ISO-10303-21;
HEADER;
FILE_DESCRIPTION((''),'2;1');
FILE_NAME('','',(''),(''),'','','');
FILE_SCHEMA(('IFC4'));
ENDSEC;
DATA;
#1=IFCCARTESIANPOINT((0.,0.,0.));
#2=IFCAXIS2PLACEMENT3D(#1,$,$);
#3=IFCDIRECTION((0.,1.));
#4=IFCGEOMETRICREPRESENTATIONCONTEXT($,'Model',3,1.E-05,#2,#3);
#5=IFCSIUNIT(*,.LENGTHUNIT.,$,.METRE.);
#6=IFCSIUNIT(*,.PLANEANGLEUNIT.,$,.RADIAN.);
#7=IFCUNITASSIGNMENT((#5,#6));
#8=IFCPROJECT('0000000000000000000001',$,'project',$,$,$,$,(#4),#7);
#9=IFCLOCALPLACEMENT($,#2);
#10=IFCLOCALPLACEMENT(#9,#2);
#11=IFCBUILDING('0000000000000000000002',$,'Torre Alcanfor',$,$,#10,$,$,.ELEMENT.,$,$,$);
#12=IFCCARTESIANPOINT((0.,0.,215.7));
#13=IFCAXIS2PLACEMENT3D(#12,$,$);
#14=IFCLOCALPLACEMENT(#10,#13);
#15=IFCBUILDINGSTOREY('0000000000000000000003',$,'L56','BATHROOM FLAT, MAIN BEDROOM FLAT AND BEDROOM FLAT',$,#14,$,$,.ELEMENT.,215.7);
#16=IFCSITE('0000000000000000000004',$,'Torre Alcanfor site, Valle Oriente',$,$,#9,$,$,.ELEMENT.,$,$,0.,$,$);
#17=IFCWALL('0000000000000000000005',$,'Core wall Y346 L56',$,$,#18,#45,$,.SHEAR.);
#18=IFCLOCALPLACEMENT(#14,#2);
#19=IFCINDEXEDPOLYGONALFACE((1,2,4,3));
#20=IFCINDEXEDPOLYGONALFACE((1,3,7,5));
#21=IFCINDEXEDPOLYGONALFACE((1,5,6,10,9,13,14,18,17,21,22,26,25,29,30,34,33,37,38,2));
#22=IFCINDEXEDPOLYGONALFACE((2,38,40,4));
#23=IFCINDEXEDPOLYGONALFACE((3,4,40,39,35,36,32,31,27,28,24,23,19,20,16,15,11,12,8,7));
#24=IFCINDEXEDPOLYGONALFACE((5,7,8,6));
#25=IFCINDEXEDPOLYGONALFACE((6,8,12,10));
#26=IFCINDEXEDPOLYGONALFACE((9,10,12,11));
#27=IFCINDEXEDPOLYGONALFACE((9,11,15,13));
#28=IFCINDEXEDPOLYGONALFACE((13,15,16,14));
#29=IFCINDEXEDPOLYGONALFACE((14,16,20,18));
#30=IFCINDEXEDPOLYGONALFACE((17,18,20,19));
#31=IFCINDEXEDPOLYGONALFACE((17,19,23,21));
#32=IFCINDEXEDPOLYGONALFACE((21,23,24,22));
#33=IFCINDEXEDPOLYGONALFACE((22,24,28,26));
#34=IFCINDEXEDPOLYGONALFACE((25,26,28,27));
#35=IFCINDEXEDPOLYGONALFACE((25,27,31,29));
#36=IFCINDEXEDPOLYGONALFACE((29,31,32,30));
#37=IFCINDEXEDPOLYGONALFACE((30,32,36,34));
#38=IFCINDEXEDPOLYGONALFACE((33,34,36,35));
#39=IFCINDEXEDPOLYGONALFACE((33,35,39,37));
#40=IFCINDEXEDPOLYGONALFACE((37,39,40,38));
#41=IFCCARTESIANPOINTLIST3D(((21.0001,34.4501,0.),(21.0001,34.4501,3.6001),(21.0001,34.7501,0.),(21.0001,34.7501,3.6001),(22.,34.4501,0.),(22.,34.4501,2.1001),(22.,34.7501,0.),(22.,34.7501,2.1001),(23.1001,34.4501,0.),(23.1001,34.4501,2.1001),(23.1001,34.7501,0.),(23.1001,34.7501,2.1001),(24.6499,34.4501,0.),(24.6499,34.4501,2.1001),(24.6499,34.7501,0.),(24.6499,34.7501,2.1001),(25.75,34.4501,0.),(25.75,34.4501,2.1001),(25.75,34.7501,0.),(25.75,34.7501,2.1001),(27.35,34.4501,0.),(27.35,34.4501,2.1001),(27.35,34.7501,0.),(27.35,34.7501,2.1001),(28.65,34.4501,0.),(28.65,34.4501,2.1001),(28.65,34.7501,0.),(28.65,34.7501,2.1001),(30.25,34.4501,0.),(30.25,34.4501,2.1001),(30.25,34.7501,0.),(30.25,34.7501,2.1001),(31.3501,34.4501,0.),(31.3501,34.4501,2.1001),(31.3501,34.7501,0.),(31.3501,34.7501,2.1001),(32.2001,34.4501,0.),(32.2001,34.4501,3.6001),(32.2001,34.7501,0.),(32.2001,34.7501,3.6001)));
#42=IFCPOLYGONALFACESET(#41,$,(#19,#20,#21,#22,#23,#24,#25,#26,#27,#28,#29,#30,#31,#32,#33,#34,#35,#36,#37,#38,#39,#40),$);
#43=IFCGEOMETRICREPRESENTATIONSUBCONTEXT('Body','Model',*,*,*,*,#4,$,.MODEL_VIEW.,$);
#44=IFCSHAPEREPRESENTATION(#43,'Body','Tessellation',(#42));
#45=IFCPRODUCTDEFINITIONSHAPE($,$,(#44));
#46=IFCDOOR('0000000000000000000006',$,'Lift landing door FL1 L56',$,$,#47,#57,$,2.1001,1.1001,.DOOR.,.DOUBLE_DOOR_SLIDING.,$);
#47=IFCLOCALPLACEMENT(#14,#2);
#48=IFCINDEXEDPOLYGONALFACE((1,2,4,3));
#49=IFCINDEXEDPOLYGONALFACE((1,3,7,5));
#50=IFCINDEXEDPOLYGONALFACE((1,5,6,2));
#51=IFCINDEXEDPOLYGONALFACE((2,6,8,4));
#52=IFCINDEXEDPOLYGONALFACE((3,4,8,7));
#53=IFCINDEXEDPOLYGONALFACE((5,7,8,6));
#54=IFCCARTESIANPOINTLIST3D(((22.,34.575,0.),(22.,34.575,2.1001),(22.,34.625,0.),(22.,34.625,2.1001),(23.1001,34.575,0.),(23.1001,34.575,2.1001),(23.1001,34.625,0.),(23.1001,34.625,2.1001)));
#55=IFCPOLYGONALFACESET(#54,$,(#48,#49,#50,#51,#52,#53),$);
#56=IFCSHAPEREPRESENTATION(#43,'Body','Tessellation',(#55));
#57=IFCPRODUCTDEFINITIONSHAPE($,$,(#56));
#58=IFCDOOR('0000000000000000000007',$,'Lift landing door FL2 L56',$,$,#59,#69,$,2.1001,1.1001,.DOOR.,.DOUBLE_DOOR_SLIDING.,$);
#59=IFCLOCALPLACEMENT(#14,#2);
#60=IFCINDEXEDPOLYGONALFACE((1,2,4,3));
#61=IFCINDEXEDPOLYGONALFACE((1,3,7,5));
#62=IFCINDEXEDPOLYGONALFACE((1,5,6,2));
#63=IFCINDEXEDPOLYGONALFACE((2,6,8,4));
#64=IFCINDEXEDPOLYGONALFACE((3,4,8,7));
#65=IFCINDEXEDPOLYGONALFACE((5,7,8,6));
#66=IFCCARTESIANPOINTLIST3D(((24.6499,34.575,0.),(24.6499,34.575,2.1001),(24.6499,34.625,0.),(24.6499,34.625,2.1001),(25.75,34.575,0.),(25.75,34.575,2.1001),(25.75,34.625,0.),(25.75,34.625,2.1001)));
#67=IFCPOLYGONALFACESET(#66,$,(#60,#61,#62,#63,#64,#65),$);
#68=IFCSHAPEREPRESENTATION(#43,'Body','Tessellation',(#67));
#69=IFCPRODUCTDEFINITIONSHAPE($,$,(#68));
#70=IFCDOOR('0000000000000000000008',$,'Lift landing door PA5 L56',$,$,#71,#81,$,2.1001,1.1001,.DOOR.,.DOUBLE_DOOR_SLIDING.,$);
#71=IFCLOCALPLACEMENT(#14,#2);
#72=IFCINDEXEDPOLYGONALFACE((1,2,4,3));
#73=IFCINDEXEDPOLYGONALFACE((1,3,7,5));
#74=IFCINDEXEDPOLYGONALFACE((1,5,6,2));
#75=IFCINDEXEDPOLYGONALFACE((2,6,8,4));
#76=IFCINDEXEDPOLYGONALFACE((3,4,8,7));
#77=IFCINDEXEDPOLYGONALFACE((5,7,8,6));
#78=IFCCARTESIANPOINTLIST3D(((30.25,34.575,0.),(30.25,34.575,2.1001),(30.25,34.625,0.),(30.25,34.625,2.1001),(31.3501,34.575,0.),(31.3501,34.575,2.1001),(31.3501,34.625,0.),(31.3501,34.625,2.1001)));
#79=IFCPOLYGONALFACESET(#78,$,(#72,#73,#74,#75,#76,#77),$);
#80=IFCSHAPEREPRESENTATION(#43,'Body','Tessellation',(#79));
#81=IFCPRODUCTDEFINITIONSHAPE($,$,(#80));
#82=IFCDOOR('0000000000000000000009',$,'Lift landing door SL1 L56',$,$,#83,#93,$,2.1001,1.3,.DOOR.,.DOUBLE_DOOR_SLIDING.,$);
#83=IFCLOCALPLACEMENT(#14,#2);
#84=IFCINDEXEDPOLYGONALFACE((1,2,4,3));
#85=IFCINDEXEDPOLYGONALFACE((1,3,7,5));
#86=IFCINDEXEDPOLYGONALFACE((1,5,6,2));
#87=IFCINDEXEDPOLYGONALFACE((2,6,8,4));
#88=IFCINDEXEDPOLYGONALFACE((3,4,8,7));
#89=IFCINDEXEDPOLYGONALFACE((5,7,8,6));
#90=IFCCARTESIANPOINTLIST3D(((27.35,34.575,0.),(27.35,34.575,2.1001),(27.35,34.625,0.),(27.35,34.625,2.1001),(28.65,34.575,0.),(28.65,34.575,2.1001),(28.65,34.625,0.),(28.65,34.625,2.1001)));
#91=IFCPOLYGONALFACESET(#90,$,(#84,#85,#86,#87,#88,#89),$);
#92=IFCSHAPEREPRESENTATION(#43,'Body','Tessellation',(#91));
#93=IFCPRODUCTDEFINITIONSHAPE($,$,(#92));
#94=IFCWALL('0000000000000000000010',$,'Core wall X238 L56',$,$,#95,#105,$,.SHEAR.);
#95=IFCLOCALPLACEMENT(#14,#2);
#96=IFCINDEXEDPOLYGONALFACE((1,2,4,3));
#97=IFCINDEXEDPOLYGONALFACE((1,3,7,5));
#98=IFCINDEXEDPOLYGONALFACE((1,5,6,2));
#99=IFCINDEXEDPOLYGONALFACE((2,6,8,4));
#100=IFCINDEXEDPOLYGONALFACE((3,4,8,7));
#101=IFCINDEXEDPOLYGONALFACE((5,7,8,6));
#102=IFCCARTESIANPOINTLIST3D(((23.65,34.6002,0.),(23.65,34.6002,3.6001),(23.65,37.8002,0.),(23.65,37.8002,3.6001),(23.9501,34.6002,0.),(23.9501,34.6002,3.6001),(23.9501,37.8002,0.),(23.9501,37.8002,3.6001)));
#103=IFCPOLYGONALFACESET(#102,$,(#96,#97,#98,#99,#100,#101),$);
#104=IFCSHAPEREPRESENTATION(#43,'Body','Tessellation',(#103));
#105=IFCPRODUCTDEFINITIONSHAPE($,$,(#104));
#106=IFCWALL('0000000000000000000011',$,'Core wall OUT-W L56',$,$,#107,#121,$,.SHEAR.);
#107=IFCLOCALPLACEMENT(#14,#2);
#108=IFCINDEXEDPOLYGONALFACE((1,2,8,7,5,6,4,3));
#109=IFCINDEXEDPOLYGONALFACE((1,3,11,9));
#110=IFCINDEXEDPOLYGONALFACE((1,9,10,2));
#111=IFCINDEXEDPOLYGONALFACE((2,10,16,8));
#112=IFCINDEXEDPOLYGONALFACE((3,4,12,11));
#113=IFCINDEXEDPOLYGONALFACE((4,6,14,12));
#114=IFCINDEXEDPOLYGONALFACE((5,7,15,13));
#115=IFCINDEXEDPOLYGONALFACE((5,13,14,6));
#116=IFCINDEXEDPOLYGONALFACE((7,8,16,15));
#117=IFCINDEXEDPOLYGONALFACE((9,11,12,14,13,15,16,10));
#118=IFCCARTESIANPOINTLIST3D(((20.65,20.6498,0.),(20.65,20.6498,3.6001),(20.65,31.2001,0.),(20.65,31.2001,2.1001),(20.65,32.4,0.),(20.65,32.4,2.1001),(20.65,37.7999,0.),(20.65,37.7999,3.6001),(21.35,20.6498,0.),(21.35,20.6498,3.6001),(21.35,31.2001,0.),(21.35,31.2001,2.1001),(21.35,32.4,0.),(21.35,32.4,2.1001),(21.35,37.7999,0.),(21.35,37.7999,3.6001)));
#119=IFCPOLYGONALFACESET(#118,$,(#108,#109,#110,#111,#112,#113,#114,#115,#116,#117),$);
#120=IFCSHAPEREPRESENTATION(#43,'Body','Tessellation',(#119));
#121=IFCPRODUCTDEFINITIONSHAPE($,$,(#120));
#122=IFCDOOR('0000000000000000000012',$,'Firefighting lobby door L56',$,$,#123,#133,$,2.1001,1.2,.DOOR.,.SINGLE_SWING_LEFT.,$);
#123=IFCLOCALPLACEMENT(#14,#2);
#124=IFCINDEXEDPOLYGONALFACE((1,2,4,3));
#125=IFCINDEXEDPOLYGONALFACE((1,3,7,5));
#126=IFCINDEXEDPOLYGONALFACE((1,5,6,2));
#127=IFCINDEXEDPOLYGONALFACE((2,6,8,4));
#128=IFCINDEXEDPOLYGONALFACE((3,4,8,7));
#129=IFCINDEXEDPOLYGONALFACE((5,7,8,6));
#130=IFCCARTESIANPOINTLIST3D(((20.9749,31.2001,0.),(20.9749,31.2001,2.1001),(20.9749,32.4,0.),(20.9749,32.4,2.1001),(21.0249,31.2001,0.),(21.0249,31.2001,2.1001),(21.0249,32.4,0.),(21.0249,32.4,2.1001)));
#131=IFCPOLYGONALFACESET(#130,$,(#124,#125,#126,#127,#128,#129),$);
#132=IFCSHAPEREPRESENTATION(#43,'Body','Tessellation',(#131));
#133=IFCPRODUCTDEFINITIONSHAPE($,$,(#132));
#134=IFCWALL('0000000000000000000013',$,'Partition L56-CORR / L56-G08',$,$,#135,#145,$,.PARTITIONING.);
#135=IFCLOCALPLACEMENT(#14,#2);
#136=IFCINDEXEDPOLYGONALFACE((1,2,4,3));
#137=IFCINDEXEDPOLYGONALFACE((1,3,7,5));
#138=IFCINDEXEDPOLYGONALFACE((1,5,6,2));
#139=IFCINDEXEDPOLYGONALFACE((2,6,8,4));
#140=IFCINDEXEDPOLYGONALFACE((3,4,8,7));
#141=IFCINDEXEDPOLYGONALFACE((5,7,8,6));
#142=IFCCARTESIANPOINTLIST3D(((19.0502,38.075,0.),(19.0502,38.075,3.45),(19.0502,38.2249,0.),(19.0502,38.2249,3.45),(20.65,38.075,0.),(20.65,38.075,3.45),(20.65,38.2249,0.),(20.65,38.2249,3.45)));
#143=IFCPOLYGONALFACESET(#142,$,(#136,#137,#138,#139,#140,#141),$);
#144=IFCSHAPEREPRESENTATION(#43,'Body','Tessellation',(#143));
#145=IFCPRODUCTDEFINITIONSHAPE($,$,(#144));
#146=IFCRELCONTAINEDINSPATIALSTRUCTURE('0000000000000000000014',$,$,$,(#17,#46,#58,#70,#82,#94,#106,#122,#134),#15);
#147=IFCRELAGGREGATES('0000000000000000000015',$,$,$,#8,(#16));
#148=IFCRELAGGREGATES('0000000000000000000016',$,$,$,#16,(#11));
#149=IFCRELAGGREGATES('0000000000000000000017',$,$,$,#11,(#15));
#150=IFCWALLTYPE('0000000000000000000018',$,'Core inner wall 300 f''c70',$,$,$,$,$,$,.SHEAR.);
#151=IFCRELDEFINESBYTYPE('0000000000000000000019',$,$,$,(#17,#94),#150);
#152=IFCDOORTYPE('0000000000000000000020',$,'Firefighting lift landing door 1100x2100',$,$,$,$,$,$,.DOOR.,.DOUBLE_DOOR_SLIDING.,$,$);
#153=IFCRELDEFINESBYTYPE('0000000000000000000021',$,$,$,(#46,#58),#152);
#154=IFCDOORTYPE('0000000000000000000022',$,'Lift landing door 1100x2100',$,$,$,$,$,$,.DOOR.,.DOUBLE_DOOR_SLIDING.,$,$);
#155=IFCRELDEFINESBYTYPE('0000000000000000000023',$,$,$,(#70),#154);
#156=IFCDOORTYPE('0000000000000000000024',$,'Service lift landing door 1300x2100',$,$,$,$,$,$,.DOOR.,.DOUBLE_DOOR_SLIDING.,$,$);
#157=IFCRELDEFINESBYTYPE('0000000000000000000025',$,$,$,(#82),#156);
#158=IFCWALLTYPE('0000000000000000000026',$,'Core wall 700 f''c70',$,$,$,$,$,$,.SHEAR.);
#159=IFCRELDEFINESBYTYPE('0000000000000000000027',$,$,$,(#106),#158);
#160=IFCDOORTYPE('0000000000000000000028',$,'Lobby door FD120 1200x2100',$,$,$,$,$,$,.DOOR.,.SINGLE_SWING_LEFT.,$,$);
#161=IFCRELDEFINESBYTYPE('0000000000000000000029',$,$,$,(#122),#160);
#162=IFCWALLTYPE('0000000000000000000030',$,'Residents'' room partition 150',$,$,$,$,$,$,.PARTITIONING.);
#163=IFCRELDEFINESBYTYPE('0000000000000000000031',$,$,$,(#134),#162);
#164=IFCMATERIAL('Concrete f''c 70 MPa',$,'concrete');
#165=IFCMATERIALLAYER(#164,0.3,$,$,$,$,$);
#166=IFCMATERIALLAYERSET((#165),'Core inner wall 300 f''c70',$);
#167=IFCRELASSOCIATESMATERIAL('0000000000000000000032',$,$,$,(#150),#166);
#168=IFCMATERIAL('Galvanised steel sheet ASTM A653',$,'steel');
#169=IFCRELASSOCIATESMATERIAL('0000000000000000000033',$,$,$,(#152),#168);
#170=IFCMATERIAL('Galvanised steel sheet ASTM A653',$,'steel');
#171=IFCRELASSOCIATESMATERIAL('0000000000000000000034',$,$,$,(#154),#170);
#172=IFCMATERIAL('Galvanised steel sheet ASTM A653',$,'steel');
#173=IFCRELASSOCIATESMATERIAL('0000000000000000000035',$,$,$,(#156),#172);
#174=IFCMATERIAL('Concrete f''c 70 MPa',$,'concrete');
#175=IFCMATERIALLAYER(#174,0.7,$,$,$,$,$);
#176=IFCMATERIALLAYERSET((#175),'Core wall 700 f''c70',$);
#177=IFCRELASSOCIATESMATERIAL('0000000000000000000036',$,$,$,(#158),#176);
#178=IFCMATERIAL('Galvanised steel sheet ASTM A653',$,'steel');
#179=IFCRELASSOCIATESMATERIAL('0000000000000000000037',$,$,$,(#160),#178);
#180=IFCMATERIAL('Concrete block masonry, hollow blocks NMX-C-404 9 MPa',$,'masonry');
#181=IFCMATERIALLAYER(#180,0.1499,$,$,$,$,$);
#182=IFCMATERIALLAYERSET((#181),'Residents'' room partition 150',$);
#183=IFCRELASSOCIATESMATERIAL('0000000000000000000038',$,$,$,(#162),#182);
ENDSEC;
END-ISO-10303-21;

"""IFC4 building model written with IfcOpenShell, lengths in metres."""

from ifc_helpers import new_model, si_unit, direction, frame, frame_2d, origin, place, context, subcontext, project, spatial, rectangle, extrude, material, layer, layer_set, type_object, element, fill, save


model = new_model("IFC4")

# Units and contexts
model_context = context("Model", 3, precision=1e-05, world=origin(), true_north=direction((0.0, 1.0)))
body_context = subcontext(model_context, "Body", "Model", "MODEL_VIEW")
ifc_project = project(units=[si_unit("LENGTHUNIT", "METRE"), si_unit("PLANEANGLEUNIT", "RADIAN")], contexts=[model_context])

# Site, building, storey
site_placement = place(None, origin())
site = spatial("IfcSite", under=ifc_project, at=site_placement, Name="Torre Alcanfor site, Valle Oriente", CompositionType="ELEMENT", RefElevation=0.0)
building_placement = place(site_placement, origin())
building = spatial("IfcBuilding", under=site, at=building_placement, Name="Torre Alcanfor", CompositionType="ELEMENT")
storey_placement = place(building_placement, frame((0.0, 0.0, 215.7)))
storey = spatial("IfcBuildingStorey", under=building, at=storey_placement, Name="L56", Description="BATHROOM FLAT, MAIN BEDROOM FLAT AND BEDROOM FLAT", CompositionType="ELEMENT", Elevation=215.7)

# Wall, openings, doors
ifc_material_1 = material(Name="Concrete f'c 70 MPa", Category="concrete")
ifc_layer_1 = layer(ifc_material_1, 0.3)
ifc_layer_set_1 = layer_set([ifc_layer_1], Name="Core inner wall 300 f'c70")
wall_type_1 = type_object("IfcWallType", Name="Core inner wall 300 f'c70", PredefinedType="SHEAR", material=ifc_layer_set_1)
wall_1_placement = place(storey_placement, frame((21.0, 34.6001, 0.0), z_axis=(0.0, 0.0, 1.0), x_axis=(1.0, 0.0, 0.0)))
wall_1 = element("IfcWall", 1, at=wall_1_placement, inside=storey, type_object=wall_type_1, Name="Core wall Y346 L56", PredefinedType="SHEAR", context=body_context, shape_type="SweptSolid", body=[
    extrude(rectangle(XDim=11.2, YDim=0.3, at=frame_2d((5.6001, 0.0))), origin(), (0.0, 0.0, 1.0), 3.6001),
])
opening_1_placement = place(wall_1_placement, frame((9.25, 0.0, 0.0)))
opening_1 = element("IfcOpeningElement", 2, at=opening_1_placement, cuts=wall_1, PredefinedType="OPENING", context=body_context, shape_type="SweptSolid", body=[
    extrude(rectangle(XDim=1.1001, YDim=2.1001, at=frame_2d((0.55, 1.05))), frame((0.0, 0.1599, 0.0), z_axis=(0.0, -1.0, 0.0), x_axis=(1.0, 0.0, 0.0)), (0.0, 0.0, 1.0), 0.3201),
])
opening_2_placement = place(wall_1_placement, frame((1.0, 0.0, 0.0)))
opening_2 = element("IfcOpeningElement", 3, at=opening_2_placement, cuts=wall_1, PredefinedType="OPENING", context=body_context, shape_type="SweptSolid", body=[
    extrude(rectangle(XDim=1.1001, YDim=2.1001, at=frame_2d((0.55, 1.05))), frame((0.0, 0.1599, 0.0), z_axis=(0.0, -1.0, 0.0), x_axis=(1.0, 0.0, 0.0)), (0.0, 0.0, 1.0), 0.3201),
])
opening_3_placement = place(wall_1_placement, frame((3.6499, 0.0, 0.0)))
opening_3 = element("IfcOpeningElement", 4, at=opening_3_placement, cuts=wall_1, PredefinedType="OPENING", context=body_context, shape_type="SweptSolid", body=[
    extrude(rectangle(XDim=1.1001, YDim=2.1001, at=frame_2d((0.55, 1.05))), frame((0.0, 0.1599, 0.0), z_axis=(0.0, -1.0, 0.0), x_axis=(1.0, 0.0, 0.0)), (0.0, 0.0, 1.0), 0.3201),
])
opening_4_placement = place(wall_1_placement, frame((6.3501, 0.0, 0.0)))
opening_4 = element("IfcOpeningElement", 5, at=opening_4_placement, cuts=wall_1, PredefinedType="OPENING", context=body_context, shape_type="SweptSolid", body=[
    extrude(rectangle(XDim=1.3, YDim=2.1001, at=frame_2d((0.6499, 1.05))), frame((0.0, 0.1599, 0.0), z_axis=(0.0, -1.0, 0.0), x_axis=(1.0, 0.0, 0.0)), (0.0, 0.0, 1.0), 0.3201),
])
ifc_material_2 = material(Name="Galvanised steel sheet ASTM A653", Category="steel")
door_type_1 = type_object("IfcDoorType", Name="Firefighting lift landing door 1100x2100", OperationType="DOUBLE_DOOR_SLIDING", PredefinedType="DOOR", material=ifc_material_2)
door_1_placement = place(opening_2_placement, origin())
door_1 = element("IfcDoor", 6, at=door_1_placement, inside=storey, type_object=door_type_1, Name="Lift landing door FL1 L56", OperationType="DOUBLE_DOOR_SLIDING", OverallHeight=2.1001, OverallWidth=1.1001, PredefinedType="DOOR", context=body_context, shape_type="SweptSolid", body=[
    extrude(rectangle(XDim=1.1001, YDim=2.1001, at=frame_2d((0.55, 1.05))), frame((0.0, 0.0249, 0.0), z_axis=(0.0, -1.0, 0.0), x_axis=(1.0, 0.0, 0.0)), (0.0, 0.0, 1.0), 0.05),
])
fill(opening_2, door_1)
door_2_placement = place(opening_3_placement, origin())
door_2 = element("IfcDoor", 7, at=door_2_placement, inside=storey, type_object=door_type_1, Name="Lift landing door FL2 L56", OperationType="DOUBLE_DOOR_SLIDING", OverallHeight=2.1001, OverallWidth=1.1001, PredefinedType="DOOR", context=body_context, shape_type="SweptSolid", body=[
    extrude(rectangle(XDim=1.1001, YDim=2.1001, at=frame_2d((0.55, 1.05))), frame((0.0, 0.0249, 0.0), z_axis=(0.0, -1.0, 0.0), x_axis=(1.0, 0.0, 0.0)), (0.0, 0.0, 1.0), 0.05),
])
fill(opening_3, door_2)
ifc_material_3 = material(Name="Galvanised steel sheet ASTM A653", Category="steel")
door_type_2 = type_object("IfcDoorType", Name="Lift landing door 1100x2100", OperationType="DOUBLE_DOOR_SLIDING", PredefinedType="DOOR", material=ifc_material_3)
door_3_placement = place(opening_1_placement, origin())
door_3 = element("IfcDoor", 8, at=door_3_placement, inside=storey, type_object=door_type_2, Name="Lift landing door PA5 L56", OperationType="DOUBLE_DOOR_SLIDING", OverallHeight=2.1001, OverallWidth=1.1001, PredefinedType="DOOR", context=body_context, shape_type="SweptSolid", body=[
    extrude(rectangle(XDim=1.1001, YDim=2.1001, at=frame_2d((0.55, 1.05))), frame((0.0, 0.0249, 0.0), z_axis=(0.0, -1.0, 0.0), x_axis=(1.0, 0.0, 0.0)), (0.0, 0.0, 1.0), 0.05),
])
fill(opening_1, door_3)
ifc_material_4 = material(Name="Galvanised steel sheet ASTM A653", Category="steel")
door_type_3 = type_object("IfcDoorType", Name="Service lift landing door 1300x2100", OperationType="DOUBLE_DOOR_SLIDING", PredefinedType="DOOR", material=ifc_material_4)
door_4_placement = place(opening_4_placement, origin())
door_4 = element("IfcDoor", 9, at=door_4_placement, inside=storey, type_object=door_type_3, Name="Lift landing door SL1 L56", OperationType="DOUBLE_DOOR_SLIDING", OverallHeight=2.1001, OverallWidth=1.3, PredefinedType="DOOR", context=body_context, shape_type="SweptSolid", body=[
    extrude(rectangle(XDim=1.3, YDim=2.1001, at=frame_2d((0.6499, 1.05))), frame((0.0, 0.0249, 0.0), z_axis=(0.0, -1.0, 0.0), x_axis=(1.0, 0.0, 0.0)), (0.0, 0.0, 1.0), 0.05),
])
fill(opening_4, door_4)

# Wall
wall_2_placement = place(storey_placement, frame((23.8, 34.6001, 0.0), z_axis=(0.0, 0.0, 1.0), x_axis=(0.0, 1.0, 0.0)))
element("IfcWall", 10, at=wall_2_placement, inside=storey, type_object=wall_type_1, Name="Core wall X238 L56", PredefinedType="SHEAR", context=body_context, shape_type="SweptSolid", body=[
    extrude(rectangle(XDim=3.2, YDim=0.3, at=frame_2d((1.6001, 0.0))), origin(), (0.0, 0.0, 1.0), 3.6001),
])

# Wall, opening, door
ifc_material_5 = material(Name="Concrete f'c 70 MPa", Category="concrete")
ifc_layer_2 = layer(ifc_material_5, 0.7)
ifc_layer_set_2 = layer_set([ifc_layer_2], Name="Core wall 700 f'c70")
wall_type_2 = type_object("IfcWallType", Name="Core wall 700 f'c70", PredefinedType="SHEAR", material=ifc_layer_set_2)
wall_3_placement = place(storey_placement, frame((21.0, 37.8, 0.0), z_axis=(0.0, 0.0, 1.0), x_axis=(0.0, -1.0, 0.0)))
wall_3 = element("IfcWall", 11, at=wall_3_placement, inside=storey, type_object=wall_type_2, Name="Core wall OUT-W L56", PredefinedType="SHEAR", context=body_context, shape_type="SweptSolid", body=[
    extrude(rectangle(XDim=17.1501, YDim=0.7, at=frame_2d((8.5752, 0.0))), origin(), (0.0, 0.0, 1.0), 3.6001),
])
opening_5_placement = place(wall_3_placement, frame((5.3999, 0.0, 0.0)))
opening_5 = element("IfcOpeningElement", 12, at=opening_5_placement, cuts=wall_3, PredefinedType="OPENING", context=body_context, shape_type="SweptSolid", body=[
    extrude(rectangle(XDim=1.2, YDim=2.1001, at=frame_2d((0.6001, 1.05))), frame((0.0, 0.3599, 0.0), z_axis=(0.0, -1.0, 0.0), x_axis=(1.0, 0.0, 0.0)), (0.0, 0.0, 1.0), 0.72),
])
ifc_material_6 = material(Name="Galvanised steel sheet ASTM A653", Category="steel")
door_type_4 = type_object("IfcDoorType", Name="Lobby door FD120 1200x2100", OperationType="SINGLE_SWING_LEFT", PredefinedType="DOOR", material=ifc_material_6)
door_5_placement = place(opening_5_placement, origin())
door_5 = element("IfcDoor", 13, at=door_5_placement, inside=storey, type_object=door_type_4, Name="Firefighting lobby door L56", OperationType="SINGLE_SWING_LEFT", OverallHeight=2.1001, OverallWidth=1.2, PredefinedType="DOOR", context=body_context, shape_type="SweptSolid", body=[
    extrude(rectangle(XDim=1.2, YDim=2.1001, at=frame_2d((0.6001, 1.05))), frame((0.0, 0.0249, 0.0), z_axis=(0.0, -1.0, 0.0), x_axis=(1.0, 0.0, 0.0)), (0.0, 0.0, 1.0), 0.05),
])
fill(opening_5, door_5)

# Wall
ifc_material_7 = material(Name="Concrete block masonry, hollow blocks NMX-C-404 9 MPa", Category="masonry")
ifc_layer_3 = layer(ifc_material_7, 0.1499)
ifc_layer_set_3 = layer_set([ifc_layer_3], Name="Residents' room partition 150")
wall_type_3 = type_object("IfcWallType", Name="Residents' room partition 150", PredefinedType="PARTITIONING", material=ifc_layer_set_3)
wall_4_placement = place(storey_placement, frame((20.6499, 38.1499, 0.0), z_axis=(0.0, 0.0, 1.0), x_axis=(-1.0, 0.0, 0.0)))
element("IfcWall", 14, at=wall_4_placement, inside=storey, type_object=wall_type_3, Name="Partition L56-CORR / L56-G08", PredefinedType="PARTITIONING", context=body_context, shape_type="SweptSolid", body=[
    extrude(rectangle(XDim=1.5999, YDim=0.1499, at=frame_2d((0.7998, 0.0))), origin(), (0.0, 0.0, 1.0), 3.45),
])

save(model, "model.ifc")
